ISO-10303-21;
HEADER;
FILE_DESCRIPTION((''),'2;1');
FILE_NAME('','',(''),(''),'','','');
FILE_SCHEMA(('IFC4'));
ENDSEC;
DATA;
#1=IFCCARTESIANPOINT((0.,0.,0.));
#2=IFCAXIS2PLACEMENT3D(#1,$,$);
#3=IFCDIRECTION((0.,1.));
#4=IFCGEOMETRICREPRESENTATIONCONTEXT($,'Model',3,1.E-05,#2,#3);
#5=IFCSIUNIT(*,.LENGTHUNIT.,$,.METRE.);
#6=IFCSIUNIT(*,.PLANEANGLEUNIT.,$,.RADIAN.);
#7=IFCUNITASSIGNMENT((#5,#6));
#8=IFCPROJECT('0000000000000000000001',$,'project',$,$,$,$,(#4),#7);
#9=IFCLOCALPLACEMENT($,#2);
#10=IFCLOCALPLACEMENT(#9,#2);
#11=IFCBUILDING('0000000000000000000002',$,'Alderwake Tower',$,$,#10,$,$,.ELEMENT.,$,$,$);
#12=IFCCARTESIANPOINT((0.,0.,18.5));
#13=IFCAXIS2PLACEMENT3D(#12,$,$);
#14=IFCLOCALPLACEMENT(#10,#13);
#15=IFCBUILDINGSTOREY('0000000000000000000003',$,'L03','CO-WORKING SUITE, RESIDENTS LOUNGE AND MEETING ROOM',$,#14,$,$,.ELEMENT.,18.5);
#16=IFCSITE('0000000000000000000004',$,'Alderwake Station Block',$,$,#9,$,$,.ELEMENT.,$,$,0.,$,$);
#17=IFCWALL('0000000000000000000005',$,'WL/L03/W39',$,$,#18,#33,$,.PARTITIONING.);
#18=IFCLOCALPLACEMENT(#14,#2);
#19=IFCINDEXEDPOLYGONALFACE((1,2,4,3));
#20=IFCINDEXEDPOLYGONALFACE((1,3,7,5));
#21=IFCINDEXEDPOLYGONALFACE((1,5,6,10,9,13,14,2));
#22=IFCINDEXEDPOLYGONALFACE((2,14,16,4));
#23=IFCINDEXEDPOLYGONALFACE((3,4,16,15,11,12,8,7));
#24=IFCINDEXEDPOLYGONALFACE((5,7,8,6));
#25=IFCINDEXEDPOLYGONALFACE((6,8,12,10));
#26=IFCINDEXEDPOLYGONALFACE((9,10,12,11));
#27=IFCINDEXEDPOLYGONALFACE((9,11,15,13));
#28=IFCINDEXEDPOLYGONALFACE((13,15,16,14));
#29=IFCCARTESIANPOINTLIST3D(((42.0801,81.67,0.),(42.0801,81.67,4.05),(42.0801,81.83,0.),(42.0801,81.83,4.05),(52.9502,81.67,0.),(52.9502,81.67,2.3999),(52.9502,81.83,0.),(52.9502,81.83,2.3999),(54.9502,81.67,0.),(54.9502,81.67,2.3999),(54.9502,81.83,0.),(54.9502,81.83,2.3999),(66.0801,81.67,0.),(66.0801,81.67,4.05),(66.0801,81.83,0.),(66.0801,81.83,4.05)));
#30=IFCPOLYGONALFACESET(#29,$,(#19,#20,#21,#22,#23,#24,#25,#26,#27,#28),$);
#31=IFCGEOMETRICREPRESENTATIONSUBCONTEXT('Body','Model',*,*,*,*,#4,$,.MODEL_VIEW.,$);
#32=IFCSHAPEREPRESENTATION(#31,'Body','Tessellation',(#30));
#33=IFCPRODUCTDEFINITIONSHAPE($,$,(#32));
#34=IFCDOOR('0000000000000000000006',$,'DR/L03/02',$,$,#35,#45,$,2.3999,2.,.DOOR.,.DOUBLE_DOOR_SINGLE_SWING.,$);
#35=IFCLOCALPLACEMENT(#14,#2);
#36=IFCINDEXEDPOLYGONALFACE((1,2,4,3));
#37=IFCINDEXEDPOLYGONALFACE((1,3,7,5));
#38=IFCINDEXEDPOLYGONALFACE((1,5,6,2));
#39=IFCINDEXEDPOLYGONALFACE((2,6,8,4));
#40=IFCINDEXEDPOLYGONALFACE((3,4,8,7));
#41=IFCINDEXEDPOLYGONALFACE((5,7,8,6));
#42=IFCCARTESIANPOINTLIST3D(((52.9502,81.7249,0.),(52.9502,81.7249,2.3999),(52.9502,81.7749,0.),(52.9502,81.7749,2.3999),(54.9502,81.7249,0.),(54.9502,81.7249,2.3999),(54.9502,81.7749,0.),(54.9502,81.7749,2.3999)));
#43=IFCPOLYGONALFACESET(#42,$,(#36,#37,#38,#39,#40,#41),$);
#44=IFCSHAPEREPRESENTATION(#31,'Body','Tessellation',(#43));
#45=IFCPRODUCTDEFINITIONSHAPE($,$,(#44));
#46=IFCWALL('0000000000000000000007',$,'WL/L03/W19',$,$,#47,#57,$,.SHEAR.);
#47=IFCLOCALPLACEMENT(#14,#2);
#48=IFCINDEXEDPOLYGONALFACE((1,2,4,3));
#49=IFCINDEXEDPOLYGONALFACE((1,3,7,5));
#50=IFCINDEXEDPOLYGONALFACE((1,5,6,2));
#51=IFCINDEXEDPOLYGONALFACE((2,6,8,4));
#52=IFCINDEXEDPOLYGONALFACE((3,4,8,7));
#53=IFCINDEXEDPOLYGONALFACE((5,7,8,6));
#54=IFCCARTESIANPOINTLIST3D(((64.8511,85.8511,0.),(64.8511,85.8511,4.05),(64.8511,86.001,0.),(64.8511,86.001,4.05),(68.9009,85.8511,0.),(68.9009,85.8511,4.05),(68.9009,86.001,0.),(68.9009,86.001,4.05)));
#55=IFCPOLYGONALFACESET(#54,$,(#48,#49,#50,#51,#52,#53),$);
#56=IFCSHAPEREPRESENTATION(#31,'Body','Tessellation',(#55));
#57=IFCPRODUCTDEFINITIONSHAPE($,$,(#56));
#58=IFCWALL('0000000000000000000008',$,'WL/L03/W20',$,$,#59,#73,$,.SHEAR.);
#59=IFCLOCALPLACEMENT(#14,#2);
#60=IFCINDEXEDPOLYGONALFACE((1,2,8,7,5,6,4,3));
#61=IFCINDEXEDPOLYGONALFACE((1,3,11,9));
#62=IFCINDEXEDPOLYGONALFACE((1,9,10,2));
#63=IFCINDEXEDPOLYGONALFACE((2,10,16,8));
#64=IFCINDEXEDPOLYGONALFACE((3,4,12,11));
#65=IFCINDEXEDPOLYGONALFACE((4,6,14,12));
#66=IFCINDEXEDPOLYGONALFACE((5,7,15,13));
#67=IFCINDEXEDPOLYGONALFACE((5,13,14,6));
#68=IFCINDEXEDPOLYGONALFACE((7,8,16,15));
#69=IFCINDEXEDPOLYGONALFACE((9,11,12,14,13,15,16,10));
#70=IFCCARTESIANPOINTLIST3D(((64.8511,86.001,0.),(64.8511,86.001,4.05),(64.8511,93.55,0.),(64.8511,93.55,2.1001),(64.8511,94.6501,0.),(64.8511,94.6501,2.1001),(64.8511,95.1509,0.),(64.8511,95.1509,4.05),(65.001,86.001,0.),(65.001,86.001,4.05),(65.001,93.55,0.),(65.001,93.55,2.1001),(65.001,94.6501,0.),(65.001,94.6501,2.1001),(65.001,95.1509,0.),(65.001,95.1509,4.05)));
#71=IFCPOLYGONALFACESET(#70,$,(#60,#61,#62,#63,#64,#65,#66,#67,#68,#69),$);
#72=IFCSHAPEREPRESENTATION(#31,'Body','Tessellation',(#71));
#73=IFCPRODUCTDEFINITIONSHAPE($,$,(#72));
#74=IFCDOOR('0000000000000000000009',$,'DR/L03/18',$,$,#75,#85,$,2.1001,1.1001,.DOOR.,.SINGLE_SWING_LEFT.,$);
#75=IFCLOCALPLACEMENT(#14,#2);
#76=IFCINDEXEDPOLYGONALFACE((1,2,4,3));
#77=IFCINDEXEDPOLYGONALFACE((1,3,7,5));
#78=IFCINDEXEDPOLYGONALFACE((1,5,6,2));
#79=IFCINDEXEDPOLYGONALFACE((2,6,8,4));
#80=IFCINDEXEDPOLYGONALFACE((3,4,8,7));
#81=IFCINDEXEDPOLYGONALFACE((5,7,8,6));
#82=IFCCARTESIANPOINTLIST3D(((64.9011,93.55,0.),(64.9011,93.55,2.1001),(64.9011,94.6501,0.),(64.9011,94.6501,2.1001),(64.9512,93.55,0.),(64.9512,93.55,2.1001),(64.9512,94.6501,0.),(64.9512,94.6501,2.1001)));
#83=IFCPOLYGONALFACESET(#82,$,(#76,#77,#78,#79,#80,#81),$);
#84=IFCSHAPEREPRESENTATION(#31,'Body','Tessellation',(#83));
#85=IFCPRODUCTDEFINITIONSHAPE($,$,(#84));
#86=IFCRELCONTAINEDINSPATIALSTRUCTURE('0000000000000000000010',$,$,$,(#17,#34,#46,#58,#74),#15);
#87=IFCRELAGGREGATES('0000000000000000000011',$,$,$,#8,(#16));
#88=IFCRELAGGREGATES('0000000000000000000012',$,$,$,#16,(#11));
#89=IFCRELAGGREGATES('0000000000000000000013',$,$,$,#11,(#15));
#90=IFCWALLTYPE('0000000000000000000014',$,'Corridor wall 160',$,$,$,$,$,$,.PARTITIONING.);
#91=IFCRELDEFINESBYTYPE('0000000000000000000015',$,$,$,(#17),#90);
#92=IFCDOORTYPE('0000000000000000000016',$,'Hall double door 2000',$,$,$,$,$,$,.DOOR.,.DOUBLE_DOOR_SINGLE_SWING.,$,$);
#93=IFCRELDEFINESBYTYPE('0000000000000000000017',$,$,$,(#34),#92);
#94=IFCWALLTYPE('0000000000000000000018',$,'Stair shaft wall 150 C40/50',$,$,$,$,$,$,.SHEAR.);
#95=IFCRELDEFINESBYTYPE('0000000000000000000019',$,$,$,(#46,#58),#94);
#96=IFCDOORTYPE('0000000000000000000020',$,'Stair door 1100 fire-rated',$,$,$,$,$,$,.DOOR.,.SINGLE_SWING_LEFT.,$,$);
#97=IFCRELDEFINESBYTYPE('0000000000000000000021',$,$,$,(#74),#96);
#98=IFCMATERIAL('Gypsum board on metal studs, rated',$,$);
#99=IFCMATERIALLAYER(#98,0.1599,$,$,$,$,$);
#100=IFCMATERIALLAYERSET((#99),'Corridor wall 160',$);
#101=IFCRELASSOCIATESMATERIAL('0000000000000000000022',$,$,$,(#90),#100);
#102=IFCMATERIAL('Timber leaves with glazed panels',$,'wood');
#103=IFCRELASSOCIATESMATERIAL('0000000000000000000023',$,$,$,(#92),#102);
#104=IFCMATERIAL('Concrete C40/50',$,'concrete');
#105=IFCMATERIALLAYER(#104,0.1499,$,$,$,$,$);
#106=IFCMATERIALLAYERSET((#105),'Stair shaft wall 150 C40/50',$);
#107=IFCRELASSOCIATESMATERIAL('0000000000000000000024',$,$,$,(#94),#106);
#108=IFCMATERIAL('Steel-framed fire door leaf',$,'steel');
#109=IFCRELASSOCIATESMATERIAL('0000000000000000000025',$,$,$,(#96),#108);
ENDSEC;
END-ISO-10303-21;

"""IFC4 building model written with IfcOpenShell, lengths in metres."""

from ifc_helpers import new_model, si_unit, direction, frame, frame_2d, origin, place, context, subcontext, project, spatial, rectangle, extrude, material, layer, layer_set, type_object, element, fill, save


model = new_model("IFC4")

# Units and contexts
model_context = context("Model", 3, precision=1e-05, world=origin(), true_north=direction((0.0, 1.0)))
body_context = subcontext(model_context, "Body", "Model", "MODEL_VIEW")
ifc_project = project(units=[si_unit("LENGTHUNIT", "METRE"), si_unit("PLANEANGLEUNIT", "RADIAN")], contexts=[model_context])

# Site, building, storey
site_placement = place(None, origin())
site = spatial("IfcSite", under=ifc_project, at=site_placement, Name="Alderwake Station Block", CompositionType="ELEMENT", RefElevation=0.0)
building_placement = place(site_placement, origin())
building = spatial("IfcBuilding", under=site, at=building_placement, Name="Alderwake Tower", CompositionType="ELEMENT")
storey_placement = place(building_placement, frame((0.0, 0.0, 18.5)))
storey = spatial("IfcBuildingStorey", under=building, at=storey_placement, Name="L03", Description="CO-WORKING SUITE, RESIDENTS LOUNGE AND MEETING ROOM", CompositionType="ELEMENT", Elevation=18.5)

# Shared definitions
ifc_material_1 = material(Name="Gypsum board on metal studs, rated")
ifc_layer_1 = layer(ifc_material_1, 0.1599)
ifc_layer_set_1 = layer_set([ifc_layer_1], Name="Corridor wall 160")
wall_type_1 = type_object("IfcWallType", Name="Corridor wall 160", PredefinedType="PARTITIONING", material=ifc_layer_set_1)
ifc_material_2 = material(Name="Timber leaves with glazed panels", Category="wood")
door_type_1 = type_object("IfcDoorType", Name="Hall double door 2000", OperationType="DOUBLE_DOOR_SINGLE_SWING", PredefinedType="DOOR", material=ifc_material_2)

# Wall, opening, door
wall_1_placement = place(storey_placement, frame((42.0801, 81.75, 0.0), z_axis=(0.0, 0.0, 1.0), x_axis=(1.0, 0.0, 0.0)))
wall_1 = element("IfcWall", 1, at=wall_1_placement, inside=storey, type_object=wall_type_1, Name="WL/L03/W39", PredefinedType="PARTITIONING", context=body_context, shape_type="SweptSolid", body=[
    extrude(rectangle(XDim=24.0, YDim=0.1599, at=frame_2d((12.0, 0.0))), origin(), (0.0, 0.0, 1.0), 4.05),
])
opening_1_placement = place(wall_1_placement, frame((10.8701, 0.0, 0.0)))
opening_1 = element("IfcOpeningElement", 2, at=opening_1_placement, cuts=wall_1, PredefinedType="OPENING", context=body_context, shape_type="SweptSolid", body=[
    extrude(rectangle(XDim=2.0, YDim=2.3999, at=frame_2d((1.0, 1.2))), frame((0.0, 0.0898, 0.0), z_axis=(0.0, -1.0, 0.0), x_axis=(1.0, 0.0, 0.0)), (0.0, 0.0, 1.0), 0.1799),
])
door_1_placement = place(opening_1_placement, origin())
door_1 = element("IfcDoor", 3, at=door_1_placement, inside=storey, type_object=door_type_1, Name="DR/L03/02", OperationType="DOUBLE_DOOR_SINGLE_SWING", OverallHeight=2.3999, OverallWidth=2.0, PredefinedType="DOOR", context=body_context, shape_type="SweptSolid", body=[
    extrude(rectangle(XDim=2.0, YDim=2.3999, at=frame_2d((1.0, 1.2))), frame((0.0, 0.0249, 0.0), z_axis=(0.0, -1.0, 0.0), x_axis=(1.0, 0.0, 0.0)), (0.0, 0.0, 1.0), 0.05),
])
fill(opening_1, door_1)

# Wall
ifc_material_3 = material(Name="Concrete C40/50", Category="concrete")
ifc_layer_2 = layer(ifc_material_3, 0.1499)
ifc_layer_set_2 = layer_set([ifc_layer_2], Name="Stair shaft wall 150 C40/50")
wall_type_2 = type_object("IfcWallType", Name="Stair shaft wall 150 C40/50", PredefinedType="SHEAR", material=ifc_layer_set_2)
wall_2_placement = place(storey_placement, frame((64.8511, 85.926, 0.0), z_axis=(0.0, 0.0, 1.0), x_axis=(1.0, 0.0, 0.0)))
element("IfcWall", 4, at=wall_2_placement, inside=storey, type_object=wall_type_2, Name="WL/L03/W19", PredefinedType="SHEAR", context=body_context, shape_type="SweptSolid", body=[
    extrude(rectangle(XDim=4.0498, YDim=0.1499, at=frame_2d((2.0249, 0.0))), origin(), (0.0, 0.0, 1.0), 4.05),
])

# Wall, opening, door
wall_3_placement = place(storey_placement, frame((64.926, 86.001, 0.0), z_axis=(0.0, 0.0, 1.0), x_axis=(0.0, 1.0, 0.0)))
wall_3 = element("IfcWall", 5, at=wall_3_placement, inside=storey, type_object=wall_type_2, Name="WL/L03/W20", PredefinedType="SHEAR", context=body_context, shape_type="SweptSolid", body=[
    extrude(rectangle(XDim=9.1499, YDim=0.1499, at=frame_2d((4.575, 0.0))), origin(), (0.0, 0.0, 1.0), 4.05),
])
opening_2_placement = place(wall_3_placement, frame((7.5491, 0.0, 0.0)))
opening_2 = element("IfcOpeningElement", 6, at=opening_2_placement, cuts=wall_3, PredefinedType="OPENING", context=body_context, shape_type="SweptSolid", body=[
    extrude(rectangle(XDim=1.1001, YDim=2.1001, at=frame_2d((0.55, 1.05))), frame((0.0, 0.085, 0.0), z_axis=(0.0, -1.0, 0.0), x_axis=(1.0, 0.0, 0.0)), (0.0, 0.0, 1.0), 0.1699),
])
ifc_material_4 = material(Name="Steel-framed fire door leaf", Category="steel")
door_type_2 = type_object("IfcDoorType", Name="Stair door 1100 fire-rated", OperationType="SINGLE_SWING_LEFT", PredefinedType="DOOR", material=ifc_material_4)
door_2_placement = place(opening_2_placement, origin())
door_2 = element("IfcDoor", 7, at=door_2_placement, inside=storey, type_object=door_type_2, Name="DR/L03/18", OperationType="SINGLE_SWING_LEFT", OverallHeight=2.1001, OverallWidth=1.1001, PredefinedType="DOOR", context=body_context, shape_type="SweptSolid", body=[
    extrude(rectangle(XDim=1.1001, YDim=2.1001, at=frame_2d((0.55, 1.05))), frame((0.0, 0.0249, 0.0), z_axis=(0.0, -1.0, 0.0), x_axis=(1.0, 0.0, 0.0)), (0.0, 0.0, 1.0), 0.05),
])
fill(opening_2, door_2)

save(model, "model.ifc")
